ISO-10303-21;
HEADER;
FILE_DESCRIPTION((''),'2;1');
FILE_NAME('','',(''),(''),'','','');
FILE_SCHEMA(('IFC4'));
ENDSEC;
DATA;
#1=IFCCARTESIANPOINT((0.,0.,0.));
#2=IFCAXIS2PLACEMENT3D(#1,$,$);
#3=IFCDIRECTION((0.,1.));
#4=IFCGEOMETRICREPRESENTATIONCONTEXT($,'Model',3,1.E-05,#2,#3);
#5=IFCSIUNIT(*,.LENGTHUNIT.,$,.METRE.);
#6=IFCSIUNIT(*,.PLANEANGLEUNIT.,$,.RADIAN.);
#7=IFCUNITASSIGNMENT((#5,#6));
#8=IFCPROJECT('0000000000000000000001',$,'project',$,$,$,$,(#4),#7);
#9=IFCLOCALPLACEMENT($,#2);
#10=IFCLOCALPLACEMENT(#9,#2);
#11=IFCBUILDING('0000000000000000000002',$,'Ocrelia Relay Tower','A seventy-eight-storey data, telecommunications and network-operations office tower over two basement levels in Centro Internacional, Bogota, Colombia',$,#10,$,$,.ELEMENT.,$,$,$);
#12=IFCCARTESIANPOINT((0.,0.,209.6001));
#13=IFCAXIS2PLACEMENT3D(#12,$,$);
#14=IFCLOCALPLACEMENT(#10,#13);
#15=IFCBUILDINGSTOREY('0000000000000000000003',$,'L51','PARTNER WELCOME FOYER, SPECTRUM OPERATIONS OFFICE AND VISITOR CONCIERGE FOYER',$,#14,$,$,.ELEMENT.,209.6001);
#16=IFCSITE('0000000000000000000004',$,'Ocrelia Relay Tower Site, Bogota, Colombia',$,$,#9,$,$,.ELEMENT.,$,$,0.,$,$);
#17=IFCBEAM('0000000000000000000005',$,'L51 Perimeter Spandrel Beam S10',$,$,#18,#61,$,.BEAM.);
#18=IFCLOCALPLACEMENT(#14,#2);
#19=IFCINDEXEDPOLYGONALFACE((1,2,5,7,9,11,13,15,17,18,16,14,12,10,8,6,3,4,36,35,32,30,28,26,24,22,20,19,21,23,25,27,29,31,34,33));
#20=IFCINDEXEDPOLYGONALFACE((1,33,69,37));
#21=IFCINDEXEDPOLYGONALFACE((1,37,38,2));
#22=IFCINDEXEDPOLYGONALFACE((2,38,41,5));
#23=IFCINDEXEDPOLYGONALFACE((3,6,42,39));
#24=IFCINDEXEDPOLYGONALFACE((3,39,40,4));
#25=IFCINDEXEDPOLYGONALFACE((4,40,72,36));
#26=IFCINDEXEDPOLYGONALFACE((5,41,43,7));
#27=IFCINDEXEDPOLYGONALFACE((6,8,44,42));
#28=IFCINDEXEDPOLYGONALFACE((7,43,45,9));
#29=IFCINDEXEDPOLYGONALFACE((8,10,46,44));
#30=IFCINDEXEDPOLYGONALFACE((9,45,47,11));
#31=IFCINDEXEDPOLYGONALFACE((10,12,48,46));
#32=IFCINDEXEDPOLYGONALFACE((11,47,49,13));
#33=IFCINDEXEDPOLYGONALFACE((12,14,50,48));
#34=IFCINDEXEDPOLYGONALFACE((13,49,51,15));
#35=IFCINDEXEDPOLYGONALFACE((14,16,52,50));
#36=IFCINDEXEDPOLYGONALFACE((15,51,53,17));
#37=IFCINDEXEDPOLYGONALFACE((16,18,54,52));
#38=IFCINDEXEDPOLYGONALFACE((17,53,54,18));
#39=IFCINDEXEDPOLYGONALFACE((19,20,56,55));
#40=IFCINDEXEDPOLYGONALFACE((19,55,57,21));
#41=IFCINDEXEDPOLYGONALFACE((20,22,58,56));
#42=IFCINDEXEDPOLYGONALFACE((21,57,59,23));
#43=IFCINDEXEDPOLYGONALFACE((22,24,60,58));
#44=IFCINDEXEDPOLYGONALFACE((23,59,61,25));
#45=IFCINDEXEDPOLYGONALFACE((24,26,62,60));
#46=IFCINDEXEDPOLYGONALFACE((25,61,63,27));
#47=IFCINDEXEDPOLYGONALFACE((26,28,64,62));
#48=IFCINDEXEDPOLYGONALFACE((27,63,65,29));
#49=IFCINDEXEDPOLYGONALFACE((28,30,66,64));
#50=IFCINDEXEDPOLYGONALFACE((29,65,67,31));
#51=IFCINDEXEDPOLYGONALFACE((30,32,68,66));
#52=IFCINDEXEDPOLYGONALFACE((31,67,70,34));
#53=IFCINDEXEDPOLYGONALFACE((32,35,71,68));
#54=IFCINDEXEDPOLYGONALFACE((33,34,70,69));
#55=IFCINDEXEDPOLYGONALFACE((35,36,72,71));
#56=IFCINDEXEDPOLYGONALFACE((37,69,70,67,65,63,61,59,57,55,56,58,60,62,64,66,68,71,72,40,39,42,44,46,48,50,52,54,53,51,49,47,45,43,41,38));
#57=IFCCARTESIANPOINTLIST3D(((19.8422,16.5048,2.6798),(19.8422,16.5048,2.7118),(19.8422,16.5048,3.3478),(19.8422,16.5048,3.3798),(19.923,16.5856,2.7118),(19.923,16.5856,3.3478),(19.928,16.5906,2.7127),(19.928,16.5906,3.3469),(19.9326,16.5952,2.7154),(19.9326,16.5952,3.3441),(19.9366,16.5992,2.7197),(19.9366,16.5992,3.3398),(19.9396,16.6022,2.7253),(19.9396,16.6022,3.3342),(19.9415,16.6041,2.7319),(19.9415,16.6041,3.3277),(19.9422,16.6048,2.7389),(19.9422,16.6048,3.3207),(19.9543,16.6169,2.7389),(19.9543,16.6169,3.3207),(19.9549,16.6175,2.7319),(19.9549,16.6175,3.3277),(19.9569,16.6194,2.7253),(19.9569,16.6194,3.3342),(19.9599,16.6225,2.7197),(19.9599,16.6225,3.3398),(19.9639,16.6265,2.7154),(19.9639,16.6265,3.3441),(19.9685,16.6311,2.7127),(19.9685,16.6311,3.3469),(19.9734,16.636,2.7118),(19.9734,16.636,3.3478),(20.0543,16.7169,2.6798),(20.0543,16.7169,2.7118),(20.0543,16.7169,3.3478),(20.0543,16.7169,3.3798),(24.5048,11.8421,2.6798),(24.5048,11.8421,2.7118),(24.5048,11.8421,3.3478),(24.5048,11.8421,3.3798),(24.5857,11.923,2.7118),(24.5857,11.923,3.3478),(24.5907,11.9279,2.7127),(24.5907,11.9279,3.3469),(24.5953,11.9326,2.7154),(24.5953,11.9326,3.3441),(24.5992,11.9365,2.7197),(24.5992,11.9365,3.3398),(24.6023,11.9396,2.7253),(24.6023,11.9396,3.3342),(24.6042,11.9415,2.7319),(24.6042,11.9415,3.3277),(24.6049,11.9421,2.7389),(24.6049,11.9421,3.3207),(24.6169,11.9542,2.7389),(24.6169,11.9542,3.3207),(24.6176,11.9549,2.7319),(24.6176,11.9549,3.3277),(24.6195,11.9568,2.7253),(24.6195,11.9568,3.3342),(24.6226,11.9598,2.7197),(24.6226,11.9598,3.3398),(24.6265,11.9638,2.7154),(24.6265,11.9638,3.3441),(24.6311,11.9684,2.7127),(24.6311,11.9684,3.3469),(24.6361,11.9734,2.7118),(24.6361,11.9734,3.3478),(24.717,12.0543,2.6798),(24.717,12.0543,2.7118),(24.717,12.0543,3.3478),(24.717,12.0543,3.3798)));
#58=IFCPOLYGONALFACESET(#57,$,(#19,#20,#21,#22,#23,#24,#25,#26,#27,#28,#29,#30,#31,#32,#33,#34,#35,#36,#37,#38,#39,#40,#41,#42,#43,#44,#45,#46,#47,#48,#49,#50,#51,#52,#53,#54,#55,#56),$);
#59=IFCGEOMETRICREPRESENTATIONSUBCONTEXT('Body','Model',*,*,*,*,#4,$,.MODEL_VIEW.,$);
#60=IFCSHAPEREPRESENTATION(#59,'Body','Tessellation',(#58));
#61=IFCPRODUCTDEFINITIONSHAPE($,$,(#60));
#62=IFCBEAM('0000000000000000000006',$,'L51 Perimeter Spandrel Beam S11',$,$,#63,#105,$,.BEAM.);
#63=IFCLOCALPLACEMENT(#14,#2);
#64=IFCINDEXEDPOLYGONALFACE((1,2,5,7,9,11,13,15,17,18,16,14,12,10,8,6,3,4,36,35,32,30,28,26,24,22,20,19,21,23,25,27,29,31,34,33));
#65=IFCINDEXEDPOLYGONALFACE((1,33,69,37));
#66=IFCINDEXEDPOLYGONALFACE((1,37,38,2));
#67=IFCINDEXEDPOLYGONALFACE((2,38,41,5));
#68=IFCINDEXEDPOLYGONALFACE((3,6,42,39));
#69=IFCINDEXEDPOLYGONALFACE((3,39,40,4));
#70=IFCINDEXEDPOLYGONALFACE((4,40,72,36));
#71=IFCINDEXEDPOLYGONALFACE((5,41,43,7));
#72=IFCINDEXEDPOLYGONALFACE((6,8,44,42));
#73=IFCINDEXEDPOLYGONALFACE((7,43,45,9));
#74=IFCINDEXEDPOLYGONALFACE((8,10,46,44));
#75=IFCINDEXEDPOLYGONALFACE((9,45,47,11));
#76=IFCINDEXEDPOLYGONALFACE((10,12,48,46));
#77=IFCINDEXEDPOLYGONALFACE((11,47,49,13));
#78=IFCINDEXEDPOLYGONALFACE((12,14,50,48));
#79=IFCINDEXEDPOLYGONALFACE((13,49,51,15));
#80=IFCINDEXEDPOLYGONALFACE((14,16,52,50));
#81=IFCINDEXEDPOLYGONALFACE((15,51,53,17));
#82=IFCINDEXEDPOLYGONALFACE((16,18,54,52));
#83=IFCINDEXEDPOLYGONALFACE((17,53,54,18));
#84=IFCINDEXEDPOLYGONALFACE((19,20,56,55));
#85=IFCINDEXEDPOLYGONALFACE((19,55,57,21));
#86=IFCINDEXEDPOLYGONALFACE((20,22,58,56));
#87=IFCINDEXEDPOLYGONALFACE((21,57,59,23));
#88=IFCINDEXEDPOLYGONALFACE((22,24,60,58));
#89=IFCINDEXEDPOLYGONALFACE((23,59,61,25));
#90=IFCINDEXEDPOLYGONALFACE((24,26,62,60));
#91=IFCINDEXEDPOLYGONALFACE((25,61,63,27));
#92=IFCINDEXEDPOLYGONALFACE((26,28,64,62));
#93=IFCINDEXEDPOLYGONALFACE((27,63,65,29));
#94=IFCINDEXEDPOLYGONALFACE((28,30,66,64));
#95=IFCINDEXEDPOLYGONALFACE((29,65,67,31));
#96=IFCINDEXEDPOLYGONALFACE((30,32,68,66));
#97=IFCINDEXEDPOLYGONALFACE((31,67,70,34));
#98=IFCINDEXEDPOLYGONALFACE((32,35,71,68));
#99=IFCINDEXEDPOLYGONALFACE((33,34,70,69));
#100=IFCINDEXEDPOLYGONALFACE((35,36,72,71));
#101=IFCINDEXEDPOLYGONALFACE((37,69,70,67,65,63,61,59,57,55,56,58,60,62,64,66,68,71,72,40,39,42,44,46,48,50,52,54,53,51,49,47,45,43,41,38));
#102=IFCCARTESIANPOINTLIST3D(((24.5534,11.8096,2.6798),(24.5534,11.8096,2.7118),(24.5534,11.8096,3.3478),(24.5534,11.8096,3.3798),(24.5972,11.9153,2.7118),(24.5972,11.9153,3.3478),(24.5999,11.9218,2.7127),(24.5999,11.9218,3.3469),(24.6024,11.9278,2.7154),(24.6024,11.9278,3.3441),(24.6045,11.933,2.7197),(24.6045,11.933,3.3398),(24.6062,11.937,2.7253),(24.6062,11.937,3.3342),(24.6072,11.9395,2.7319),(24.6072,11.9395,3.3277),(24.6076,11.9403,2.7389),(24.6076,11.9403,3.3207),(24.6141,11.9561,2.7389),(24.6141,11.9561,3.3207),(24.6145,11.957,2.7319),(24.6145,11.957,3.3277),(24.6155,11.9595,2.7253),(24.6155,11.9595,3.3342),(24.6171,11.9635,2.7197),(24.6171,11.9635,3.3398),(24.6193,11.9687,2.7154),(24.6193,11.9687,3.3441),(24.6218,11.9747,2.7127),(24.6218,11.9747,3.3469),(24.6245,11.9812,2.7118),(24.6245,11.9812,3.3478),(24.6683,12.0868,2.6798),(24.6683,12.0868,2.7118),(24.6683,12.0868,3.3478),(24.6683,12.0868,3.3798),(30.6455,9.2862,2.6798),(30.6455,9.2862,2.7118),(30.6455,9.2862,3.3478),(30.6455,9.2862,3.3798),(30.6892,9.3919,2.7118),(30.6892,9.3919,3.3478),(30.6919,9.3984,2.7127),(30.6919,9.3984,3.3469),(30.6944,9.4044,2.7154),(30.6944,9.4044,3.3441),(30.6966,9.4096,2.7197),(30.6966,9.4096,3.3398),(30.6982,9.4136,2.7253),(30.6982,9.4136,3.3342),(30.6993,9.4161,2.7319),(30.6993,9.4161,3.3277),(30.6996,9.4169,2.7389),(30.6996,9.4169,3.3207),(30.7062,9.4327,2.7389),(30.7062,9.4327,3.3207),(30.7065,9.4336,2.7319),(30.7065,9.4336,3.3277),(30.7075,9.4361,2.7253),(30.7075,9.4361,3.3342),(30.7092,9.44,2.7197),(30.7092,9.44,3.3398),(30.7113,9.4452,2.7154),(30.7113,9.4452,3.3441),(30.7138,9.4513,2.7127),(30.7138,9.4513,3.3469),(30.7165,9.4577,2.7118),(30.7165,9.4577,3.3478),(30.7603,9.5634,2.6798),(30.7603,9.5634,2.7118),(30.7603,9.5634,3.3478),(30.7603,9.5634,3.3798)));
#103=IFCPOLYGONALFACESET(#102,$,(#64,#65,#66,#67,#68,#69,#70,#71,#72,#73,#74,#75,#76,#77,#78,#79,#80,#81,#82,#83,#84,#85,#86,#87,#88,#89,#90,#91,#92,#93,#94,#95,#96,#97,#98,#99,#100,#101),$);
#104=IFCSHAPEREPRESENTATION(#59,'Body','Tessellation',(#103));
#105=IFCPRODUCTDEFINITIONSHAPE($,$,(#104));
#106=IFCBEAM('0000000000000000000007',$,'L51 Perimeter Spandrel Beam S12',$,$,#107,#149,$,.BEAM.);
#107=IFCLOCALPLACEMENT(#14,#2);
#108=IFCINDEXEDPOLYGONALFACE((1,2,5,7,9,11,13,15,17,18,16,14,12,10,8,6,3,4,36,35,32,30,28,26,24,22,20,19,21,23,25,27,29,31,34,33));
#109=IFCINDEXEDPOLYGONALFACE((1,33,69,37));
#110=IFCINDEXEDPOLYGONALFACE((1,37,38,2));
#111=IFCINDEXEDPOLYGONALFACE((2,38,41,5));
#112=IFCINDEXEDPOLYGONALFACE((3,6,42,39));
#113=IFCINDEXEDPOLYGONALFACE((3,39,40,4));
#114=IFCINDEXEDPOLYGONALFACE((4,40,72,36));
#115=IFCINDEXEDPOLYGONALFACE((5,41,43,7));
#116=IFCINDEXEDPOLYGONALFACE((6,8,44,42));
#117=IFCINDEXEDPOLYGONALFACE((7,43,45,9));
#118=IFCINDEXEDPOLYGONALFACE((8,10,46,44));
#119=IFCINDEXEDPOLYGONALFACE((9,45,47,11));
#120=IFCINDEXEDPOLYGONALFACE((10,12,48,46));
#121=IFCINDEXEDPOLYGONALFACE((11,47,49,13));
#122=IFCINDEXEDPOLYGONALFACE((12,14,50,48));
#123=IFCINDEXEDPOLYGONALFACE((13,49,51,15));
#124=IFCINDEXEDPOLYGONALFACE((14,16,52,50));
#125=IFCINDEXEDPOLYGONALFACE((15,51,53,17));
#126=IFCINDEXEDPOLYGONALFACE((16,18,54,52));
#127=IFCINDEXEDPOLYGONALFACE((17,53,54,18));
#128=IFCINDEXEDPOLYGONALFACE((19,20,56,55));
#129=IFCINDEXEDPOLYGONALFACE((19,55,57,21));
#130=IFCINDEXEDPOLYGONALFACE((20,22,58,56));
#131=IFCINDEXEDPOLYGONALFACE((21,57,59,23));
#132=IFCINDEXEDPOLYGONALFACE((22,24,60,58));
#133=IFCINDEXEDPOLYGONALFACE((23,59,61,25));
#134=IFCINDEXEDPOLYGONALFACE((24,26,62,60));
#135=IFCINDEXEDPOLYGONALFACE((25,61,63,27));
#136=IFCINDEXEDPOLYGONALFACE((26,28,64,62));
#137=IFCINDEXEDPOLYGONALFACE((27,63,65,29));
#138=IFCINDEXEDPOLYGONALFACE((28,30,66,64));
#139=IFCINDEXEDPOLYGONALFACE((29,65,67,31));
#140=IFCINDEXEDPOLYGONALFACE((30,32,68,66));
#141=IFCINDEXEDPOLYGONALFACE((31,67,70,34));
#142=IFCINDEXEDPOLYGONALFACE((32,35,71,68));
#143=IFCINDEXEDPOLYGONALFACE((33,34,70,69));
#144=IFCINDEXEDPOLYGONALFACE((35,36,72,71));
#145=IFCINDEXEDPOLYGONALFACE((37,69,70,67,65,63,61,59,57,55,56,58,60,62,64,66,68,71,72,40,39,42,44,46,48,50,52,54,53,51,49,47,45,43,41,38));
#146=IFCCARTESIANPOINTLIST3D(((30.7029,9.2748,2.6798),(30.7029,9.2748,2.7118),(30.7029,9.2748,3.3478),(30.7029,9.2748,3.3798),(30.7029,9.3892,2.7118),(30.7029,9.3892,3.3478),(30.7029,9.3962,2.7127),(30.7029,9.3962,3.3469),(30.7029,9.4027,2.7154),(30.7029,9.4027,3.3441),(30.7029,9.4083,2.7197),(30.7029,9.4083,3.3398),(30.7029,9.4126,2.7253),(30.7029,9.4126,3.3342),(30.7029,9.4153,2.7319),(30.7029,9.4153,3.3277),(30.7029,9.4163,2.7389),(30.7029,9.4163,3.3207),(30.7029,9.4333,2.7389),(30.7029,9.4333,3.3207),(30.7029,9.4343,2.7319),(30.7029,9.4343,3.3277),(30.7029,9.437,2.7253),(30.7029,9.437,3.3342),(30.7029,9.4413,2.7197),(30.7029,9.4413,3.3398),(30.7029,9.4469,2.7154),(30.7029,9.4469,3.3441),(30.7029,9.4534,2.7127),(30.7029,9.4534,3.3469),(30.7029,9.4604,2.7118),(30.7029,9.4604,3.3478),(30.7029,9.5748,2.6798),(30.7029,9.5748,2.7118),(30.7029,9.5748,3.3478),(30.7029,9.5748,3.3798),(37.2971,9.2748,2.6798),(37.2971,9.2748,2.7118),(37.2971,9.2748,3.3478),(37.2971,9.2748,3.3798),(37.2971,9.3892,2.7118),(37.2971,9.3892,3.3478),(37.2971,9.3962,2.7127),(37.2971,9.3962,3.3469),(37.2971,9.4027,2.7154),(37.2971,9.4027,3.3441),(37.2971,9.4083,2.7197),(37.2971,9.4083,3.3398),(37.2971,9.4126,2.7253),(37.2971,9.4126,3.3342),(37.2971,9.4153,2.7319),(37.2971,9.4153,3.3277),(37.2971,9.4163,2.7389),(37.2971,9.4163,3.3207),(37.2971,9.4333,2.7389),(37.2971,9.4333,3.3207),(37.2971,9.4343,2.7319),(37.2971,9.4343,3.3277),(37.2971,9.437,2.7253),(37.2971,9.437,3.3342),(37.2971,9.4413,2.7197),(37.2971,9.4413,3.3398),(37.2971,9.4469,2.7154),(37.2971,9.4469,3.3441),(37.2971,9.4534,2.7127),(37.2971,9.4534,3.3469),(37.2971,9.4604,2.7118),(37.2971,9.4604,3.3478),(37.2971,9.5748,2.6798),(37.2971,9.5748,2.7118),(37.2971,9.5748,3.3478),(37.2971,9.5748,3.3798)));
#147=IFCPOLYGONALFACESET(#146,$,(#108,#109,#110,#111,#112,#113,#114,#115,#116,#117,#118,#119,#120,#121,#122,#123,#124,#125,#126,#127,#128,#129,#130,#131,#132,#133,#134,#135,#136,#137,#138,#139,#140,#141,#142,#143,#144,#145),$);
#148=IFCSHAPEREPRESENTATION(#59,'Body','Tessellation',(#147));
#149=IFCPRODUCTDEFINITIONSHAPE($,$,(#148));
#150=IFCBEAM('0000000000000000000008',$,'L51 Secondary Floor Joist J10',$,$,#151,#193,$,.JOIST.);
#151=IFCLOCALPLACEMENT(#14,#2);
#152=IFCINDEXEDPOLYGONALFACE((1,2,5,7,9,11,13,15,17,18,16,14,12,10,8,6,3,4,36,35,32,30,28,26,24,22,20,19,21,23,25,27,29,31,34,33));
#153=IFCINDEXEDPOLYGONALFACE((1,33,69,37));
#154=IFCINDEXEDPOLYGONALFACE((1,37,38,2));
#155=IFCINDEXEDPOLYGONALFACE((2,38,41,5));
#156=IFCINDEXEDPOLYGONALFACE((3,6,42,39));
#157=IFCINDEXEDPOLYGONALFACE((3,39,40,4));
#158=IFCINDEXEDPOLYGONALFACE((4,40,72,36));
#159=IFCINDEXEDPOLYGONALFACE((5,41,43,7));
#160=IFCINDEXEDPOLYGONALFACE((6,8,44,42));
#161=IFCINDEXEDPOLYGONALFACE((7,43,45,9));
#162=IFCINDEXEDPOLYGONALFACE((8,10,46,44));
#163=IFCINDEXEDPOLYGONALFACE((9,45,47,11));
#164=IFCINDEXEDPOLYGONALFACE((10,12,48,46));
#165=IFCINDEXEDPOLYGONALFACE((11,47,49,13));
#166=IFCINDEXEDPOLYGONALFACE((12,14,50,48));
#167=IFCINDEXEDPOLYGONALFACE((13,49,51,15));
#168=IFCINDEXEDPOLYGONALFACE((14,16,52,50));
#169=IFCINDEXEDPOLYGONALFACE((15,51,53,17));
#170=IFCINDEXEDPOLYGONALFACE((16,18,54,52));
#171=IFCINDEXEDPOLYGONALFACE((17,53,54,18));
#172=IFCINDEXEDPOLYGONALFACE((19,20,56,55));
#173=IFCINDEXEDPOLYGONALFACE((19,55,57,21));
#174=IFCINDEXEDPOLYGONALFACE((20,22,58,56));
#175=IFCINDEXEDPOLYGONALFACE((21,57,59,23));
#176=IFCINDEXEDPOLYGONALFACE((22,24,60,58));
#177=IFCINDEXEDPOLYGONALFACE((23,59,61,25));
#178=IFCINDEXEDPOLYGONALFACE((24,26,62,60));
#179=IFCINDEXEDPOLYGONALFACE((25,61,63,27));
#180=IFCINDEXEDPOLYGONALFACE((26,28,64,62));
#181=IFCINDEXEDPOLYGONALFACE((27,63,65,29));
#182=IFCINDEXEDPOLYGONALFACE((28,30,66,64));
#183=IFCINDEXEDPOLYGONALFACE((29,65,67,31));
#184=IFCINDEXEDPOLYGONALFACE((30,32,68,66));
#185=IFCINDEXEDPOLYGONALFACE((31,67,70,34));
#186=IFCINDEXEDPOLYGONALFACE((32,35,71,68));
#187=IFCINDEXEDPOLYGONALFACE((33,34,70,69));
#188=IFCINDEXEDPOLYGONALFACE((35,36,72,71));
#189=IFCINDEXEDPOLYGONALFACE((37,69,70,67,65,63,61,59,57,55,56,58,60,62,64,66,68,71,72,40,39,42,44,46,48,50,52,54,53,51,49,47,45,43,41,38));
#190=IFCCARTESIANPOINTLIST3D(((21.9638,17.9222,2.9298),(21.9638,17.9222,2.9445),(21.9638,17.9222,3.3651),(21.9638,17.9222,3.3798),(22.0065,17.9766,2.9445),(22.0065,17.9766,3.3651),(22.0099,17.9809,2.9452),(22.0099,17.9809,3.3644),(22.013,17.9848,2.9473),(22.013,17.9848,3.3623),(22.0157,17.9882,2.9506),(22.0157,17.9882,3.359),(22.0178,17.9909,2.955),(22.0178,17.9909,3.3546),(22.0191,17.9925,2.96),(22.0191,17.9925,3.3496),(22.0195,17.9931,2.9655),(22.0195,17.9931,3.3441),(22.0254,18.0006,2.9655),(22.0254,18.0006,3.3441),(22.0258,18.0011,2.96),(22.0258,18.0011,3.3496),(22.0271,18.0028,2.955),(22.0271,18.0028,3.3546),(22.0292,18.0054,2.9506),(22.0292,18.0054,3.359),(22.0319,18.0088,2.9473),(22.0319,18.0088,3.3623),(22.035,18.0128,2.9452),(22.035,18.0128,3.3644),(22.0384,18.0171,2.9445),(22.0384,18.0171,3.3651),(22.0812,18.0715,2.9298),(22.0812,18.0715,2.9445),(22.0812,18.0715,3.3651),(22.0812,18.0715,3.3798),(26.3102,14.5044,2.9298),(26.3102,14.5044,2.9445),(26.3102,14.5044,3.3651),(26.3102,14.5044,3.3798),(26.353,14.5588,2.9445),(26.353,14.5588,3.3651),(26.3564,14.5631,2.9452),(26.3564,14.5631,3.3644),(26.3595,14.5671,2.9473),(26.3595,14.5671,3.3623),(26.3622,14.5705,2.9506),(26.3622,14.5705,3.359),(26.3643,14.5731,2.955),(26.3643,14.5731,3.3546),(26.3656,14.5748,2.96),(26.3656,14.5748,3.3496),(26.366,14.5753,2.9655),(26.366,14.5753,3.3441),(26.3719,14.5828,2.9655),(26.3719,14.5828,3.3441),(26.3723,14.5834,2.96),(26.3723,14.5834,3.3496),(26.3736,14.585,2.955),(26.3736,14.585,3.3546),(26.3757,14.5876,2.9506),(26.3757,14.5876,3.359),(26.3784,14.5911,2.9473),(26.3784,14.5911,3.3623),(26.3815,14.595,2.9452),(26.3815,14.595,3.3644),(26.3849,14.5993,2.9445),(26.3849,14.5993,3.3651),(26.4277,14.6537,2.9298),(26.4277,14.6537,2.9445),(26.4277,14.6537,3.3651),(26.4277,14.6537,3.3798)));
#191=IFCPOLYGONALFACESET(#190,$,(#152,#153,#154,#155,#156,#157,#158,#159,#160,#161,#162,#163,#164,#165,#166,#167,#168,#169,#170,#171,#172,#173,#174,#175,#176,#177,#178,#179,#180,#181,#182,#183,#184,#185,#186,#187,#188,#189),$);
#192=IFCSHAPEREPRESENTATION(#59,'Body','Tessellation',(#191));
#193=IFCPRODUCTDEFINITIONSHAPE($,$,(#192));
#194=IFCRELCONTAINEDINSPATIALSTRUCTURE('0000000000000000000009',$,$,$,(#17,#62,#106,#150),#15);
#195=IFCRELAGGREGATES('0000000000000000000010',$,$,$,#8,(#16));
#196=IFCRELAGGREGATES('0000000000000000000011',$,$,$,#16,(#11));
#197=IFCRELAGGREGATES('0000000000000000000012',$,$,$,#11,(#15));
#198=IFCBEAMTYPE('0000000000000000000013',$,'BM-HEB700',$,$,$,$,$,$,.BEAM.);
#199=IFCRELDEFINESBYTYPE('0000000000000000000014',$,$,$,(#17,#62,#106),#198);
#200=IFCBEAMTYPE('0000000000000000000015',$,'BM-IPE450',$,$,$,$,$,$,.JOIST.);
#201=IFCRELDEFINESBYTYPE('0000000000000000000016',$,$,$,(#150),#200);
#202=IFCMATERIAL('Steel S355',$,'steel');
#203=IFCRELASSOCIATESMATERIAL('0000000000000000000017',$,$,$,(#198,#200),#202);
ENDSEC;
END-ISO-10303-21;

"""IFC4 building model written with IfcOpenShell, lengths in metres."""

from ifc_helpers import new_model, si_unit, direction, frame, origin, origin_2d, place, context, subcontext, project, spatial, i_section, extrude, material, material_profile, profile_set, type_object, element, save


model = new_model("IFC4")

# Units and contexts
model_context = context("Model", 3, precision=1e-05, world=origin(), true_north=direction((0.0, 1.0)))
body_context = subcontext(model_context, "Body", "Model", "MODEL_VIEW")
ifc_project = project(units=[si_unit("LENGTHUNIT", "METRE"), si_unit("PLANEANGLEUNIT", "RADIAN")], contexts=[model_context])

# Site, building, storey
site_placement = place(None, origin())
site = spatial("IfcSite", under=ifc_project, at=site_placement, Name="Ocrelia Relay Tower Site, Bogota, Colombia", CompositionType="ELEMENT", RefElevation=0.0)
building_placement = place(site_placement, origin())
building = spatial("IfcBuilding", under=site, at=building_placement, Name="Ocrelia Relay Tower", Description="A seventy-eight-storey data, telecommunications and network-operations office tower over two basement levels in Centro Internacional, Bogota, Colombia", CompositionType="ELEMENT")
storey_placement = place(building_placement, frame((0.0, 0.0, 209.6001)))
storey = spatial("IfcBuildingStorey", under=building, at=storey_placement, Name="L51", Description="PARTNER WELCOME FOYER, SPECTRUM OPERATIONS OFFICE AND VISITOR CONCIERGE FOYER", CompositionType="ELEMENT", Elevation=209.6001)

# Beams
ifc_material_1 = material(Name="Steel S355", Category="steel")
ifc_material_profile_1 = material_profile(ifc_material_1, i_section(OverallWidth=0.3, OverallDepth=0.7, WebThickness=0.0171, FlangeThickness=0.032, FilletRadius=0.0271, at=origin_2d()), Name="HEB 700")
ifc_profile_set_1 = profile_set([ifc_material_profile_1], Name="Steel S355")
beam_type_1 = type_object("IfcBeamType", Name="BM-HEB700", PredefinedType="BEAM", material=ifc_profile_set_1)
for number, where, z_axis, x_axis, name in (
    (1, (19.9482, 16.6108, 3.0298), (0.707107, -0.707107, 0.0), (0.707107, 0.707107, 0.0), "L51 Perimeter Spandrel Beam S10"),
    (2, (24.6108, 11.9482, 3.0298), (0.923878, -0.382688, 0.0), (0.382688, 0.923878, 0.0), "L51 Perimeter Spandrel Beam S11"),
):
    element("IfcBeam", number, at=place(storey_placement, frame(where, z_axis=z_axis, x_axis=x_axis)), inside=storey, type_object=beam_type_1, Name=name, PredefinedType="BEAM", context=body_context, shape_type="SweptSolid", body=[
        extrude(i_section(OverallWidth=0.3, OverallDepth=0.7, WebThickness=0.0171, FlangeThickness=0.032, FilletRadius=0.0271, at=origin_2d()), origin(), (0.0, 0.0, 1.0), 6.594),
    ])
beam_1_placement = place(storey_placement, frame((30.7029, 9.4248, 3.0298), z_axis=(1.0, 0.0, 0.0), x_axis=(0.0, 1.0, 0.0)))
element("IfcBeam", 3, at=beam_1_placement, inside=storey, type_object=beam_type_1, Name="L51 Perimeter Spandrel Beam S12", PredefinedType="BEAM", context=body_context, shape_type="SweptSolid", body=[
    extrude(i_section(OverallWidth=0.3, OverallDepth=0.7, WebThickness=0.0171, FlangeThickness=0.032, FilletRadius=0.0271, at=origin_2d()), origin(), (0.0, 0.0, 1.0), 6.5942),
])
ifc_material_profile_2 = material_profile(ifc_material_1, i_section(OverallWidth=0.1899, OverallDepth=0.45, WebThickness=0.0095, FlangeThickness=0.0146, FilletRadius=0.021, at=origin_2d()), Name="IPE 450")
ifc_profile_set_2 = profile_set([ifc_material_profile_2], Name="Steel S355")
beam_type_2 = type_object("IfcBeamType", Name="BM-IPE450", PredefinedType="JOIST", material=ifc_profile_set_2)
beam_2_placement = place(storey_placement, frame((22.0225, 17.9968, 3.1548), z_axis=(0.786084, -0.61812, 0.0), x_axis=(0.61812, 0.786084, 0.0)))
element("IfcBeam", 4, at=beam_2_placement, inside=storey, type_object=beam_type_2, Name="L51 Secondary Floor Joist J10", PredefinedType="JOIST", context=body_context, shape_type="SweptSolid", body=[
    extrude(i_section(OverallWidth=0.1899, OverallDepth=0.45, WebThickness=0.0095, FlangeThickness=0.0146, FilletRadius=0.021, at=origin_2d()), origin(), (0.0, 0.0, 1.0), 5.5293),
])

save(model, "model.ifc")
